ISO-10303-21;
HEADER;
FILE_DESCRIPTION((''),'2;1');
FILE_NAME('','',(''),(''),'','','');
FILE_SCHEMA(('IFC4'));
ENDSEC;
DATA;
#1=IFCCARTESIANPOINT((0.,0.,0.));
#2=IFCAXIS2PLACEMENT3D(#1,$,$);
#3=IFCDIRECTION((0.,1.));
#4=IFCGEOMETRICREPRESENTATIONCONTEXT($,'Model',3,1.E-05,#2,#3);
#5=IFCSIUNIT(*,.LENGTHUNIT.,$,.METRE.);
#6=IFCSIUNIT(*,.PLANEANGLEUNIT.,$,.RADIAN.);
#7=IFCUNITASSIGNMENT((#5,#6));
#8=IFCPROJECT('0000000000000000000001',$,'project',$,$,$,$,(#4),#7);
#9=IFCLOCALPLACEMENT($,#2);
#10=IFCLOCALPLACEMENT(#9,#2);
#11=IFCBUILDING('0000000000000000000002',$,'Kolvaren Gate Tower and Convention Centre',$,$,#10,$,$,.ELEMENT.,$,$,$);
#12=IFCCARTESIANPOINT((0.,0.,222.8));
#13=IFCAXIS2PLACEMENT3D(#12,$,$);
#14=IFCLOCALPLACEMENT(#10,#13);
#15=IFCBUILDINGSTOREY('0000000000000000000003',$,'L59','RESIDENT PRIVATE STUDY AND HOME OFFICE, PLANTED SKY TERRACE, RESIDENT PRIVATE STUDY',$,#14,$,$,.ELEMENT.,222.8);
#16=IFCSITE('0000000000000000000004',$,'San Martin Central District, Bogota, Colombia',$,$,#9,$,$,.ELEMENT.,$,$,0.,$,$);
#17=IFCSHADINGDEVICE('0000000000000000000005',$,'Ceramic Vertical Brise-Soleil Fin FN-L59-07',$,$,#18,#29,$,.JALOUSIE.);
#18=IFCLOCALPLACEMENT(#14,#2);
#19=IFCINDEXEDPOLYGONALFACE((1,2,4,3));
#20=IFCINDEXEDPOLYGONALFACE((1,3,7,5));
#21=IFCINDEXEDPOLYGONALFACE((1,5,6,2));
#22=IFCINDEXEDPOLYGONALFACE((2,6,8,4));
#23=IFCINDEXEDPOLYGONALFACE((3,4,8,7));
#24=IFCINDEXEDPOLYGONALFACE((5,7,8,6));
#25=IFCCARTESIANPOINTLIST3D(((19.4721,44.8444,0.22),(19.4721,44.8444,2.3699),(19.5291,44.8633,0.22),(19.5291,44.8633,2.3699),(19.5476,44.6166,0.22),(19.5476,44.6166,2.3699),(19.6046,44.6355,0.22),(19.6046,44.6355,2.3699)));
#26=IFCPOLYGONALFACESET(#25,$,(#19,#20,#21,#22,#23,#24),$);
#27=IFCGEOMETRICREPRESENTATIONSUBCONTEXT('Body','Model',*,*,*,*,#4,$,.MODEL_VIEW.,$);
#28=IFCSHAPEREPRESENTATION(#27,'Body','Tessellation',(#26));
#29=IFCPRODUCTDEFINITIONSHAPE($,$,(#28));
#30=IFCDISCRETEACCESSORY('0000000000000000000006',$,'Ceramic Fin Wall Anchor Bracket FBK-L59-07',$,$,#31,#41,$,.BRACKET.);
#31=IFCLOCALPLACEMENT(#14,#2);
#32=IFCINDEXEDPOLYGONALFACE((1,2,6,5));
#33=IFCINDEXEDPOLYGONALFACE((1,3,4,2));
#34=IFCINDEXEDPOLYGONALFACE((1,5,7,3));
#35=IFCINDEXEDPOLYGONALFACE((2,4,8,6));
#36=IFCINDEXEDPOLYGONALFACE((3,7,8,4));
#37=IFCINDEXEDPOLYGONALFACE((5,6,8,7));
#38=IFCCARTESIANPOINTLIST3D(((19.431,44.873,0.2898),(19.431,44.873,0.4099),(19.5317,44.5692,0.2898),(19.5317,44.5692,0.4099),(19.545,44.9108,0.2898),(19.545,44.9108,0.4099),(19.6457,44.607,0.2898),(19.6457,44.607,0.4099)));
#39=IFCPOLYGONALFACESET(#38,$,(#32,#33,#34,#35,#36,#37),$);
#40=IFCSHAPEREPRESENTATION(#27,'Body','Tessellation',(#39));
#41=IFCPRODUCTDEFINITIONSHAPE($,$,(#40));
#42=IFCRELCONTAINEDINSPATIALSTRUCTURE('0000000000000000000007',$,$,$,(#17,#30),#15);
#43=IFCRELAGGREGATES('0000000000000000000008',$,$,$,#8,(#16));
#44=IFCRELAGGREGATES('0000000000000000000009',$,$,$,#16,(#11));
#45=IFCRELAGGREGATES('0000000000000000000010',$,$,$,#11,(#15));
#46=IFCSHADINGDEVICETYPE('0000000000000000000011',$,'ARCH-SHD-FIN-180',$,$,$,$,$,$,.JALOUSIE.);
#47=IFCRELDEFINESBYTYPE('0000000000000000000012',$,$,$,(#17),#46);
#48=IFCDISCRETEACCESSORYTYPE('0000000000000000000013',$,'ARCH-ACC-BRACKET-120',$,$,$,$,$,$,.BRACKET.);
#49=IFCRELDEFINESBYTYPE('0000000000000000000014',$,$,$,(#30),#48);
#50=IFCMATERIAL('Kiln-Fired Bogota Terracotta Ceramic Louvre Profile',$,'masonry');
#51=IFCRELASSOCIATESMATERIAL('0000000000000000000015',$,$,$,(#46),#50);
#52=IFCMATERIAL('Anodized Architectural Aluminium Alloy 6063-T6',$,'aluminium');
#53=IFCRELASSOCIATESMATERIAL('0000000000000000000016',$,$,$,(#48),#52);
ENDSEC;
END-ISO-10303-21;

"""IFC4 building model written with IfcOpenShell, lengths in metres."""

from ifc_helpers import new_model, si_unit, direction, frame, origin, origin_2d, place, context, subcontext, project, spatial, rectangle, extrude, material, type_object, element, save


model = new_model("IFC4")

# Units and contexts
model_context = context("Model", 3, precision=1e-05, world=origin(), true_north=direction((0.0, 1.0)))
body_context = subcontext(model_context, "Body", "Model", "MODEL_VIEW")
ifc_project = project(units=[si_unit("LENGTHUNIT", "METRE"), si_unit("PLANEANGLEUNIT", "RADIAN")], contexts=[model_context])

# Site, building, storey
site_placement = place(None, origin())
site = spatial("IfcSite", under=ifc_project, at=site_placement, Name="San Martin Central District, Bogota, Colombia", CompositionType="ELEMENT", RefElevation=0.0)
building_placement = place(site_placement, origin())
building = spatial("IfcBuilding", under=site, at=building_placement, Name="Kolvaren Gate Tower and Convention Centre", CompositionType="ELEMENT")
storey_placement = place(building_placement, frame((0.0, 0.0, 222.8)))
storey = spatial("IfcBuildingStorey", under=building, at=storey_placement, Name="L59", Description="RESIDENT PRIVATE STUDY AND HOME OFFICE, PLANTED SKY TERRACE, RESIDENT PRIVATE STUDY", CompositionType="ELEMENT", Elevation=222.8)

# Shading device
ifc_material_1 = material(Name="Kiln-Fired Bogota Terracotta Ceramic Louvre Profile", Category="masonry")
shading_device_type = type_object("IfcShadingDeviceType", Name="ARCH-SHD-FIN-180", PredefinedType="JALOUSIE", material=ifc_material_1)
shading_device_placement = place(storey_placement, frame((19.5383, 44.74, 0.22), z_axis=(0.0, 0.0, 1.0), x_axis=(0.949242, 0.314548, 0.0)))
element("IfcShadingDevice", 1, at=shading_device_placement, inside=storey, type_object=shading_device_type, Name="Ceramic Vertical Brise-Soleil Fin FN-L59-07", PredefinedType="JALOUSIE", context=body_context, shape_type="SweptSolid", body=[
    extrude(rectangle(XDim=0.0601, YDim=0.24, at=origin_2d()), origin(), (0.0, 0.0, 1.0), 2.1499),
])

# Discrete accessory
ifc_material_2 = material(Name="Anodized Architectural Aluminium Alloy 6063-T6", Category="aluminium")
discrete_accessory_type = type_object("IfcDiscreteAccessoryType", Name="ARCH-ACC-BRACKET-120", PredefinedType="BRACKET", material=ifc_material_2)
discrete_accessory_placement = place(storey_placement, frame((19.5383, 44.74, 0.2898), z_axis=(0.0, 0.0, 1.0), x_axis=(0.949242, 0.314548, 0.0)))
element("IfcDiscreteAccessory", 2, at=discrete_accessory_placement, inside=storey, type_object=discrete_accessory_type, Name="Ceramic Fin Wall Anchor Bracket FBK-L59-07", PredefinedType="BRACKET", context=body_context, shape_type="SweptSolid", body=[
    extrude(rectangle(XDim=0.1201, YDim=0.3201, at=origin_2d()), origin(), (0.0, 0.0, 1.0), 0.1201),
])

save(model, "model.ifc")
